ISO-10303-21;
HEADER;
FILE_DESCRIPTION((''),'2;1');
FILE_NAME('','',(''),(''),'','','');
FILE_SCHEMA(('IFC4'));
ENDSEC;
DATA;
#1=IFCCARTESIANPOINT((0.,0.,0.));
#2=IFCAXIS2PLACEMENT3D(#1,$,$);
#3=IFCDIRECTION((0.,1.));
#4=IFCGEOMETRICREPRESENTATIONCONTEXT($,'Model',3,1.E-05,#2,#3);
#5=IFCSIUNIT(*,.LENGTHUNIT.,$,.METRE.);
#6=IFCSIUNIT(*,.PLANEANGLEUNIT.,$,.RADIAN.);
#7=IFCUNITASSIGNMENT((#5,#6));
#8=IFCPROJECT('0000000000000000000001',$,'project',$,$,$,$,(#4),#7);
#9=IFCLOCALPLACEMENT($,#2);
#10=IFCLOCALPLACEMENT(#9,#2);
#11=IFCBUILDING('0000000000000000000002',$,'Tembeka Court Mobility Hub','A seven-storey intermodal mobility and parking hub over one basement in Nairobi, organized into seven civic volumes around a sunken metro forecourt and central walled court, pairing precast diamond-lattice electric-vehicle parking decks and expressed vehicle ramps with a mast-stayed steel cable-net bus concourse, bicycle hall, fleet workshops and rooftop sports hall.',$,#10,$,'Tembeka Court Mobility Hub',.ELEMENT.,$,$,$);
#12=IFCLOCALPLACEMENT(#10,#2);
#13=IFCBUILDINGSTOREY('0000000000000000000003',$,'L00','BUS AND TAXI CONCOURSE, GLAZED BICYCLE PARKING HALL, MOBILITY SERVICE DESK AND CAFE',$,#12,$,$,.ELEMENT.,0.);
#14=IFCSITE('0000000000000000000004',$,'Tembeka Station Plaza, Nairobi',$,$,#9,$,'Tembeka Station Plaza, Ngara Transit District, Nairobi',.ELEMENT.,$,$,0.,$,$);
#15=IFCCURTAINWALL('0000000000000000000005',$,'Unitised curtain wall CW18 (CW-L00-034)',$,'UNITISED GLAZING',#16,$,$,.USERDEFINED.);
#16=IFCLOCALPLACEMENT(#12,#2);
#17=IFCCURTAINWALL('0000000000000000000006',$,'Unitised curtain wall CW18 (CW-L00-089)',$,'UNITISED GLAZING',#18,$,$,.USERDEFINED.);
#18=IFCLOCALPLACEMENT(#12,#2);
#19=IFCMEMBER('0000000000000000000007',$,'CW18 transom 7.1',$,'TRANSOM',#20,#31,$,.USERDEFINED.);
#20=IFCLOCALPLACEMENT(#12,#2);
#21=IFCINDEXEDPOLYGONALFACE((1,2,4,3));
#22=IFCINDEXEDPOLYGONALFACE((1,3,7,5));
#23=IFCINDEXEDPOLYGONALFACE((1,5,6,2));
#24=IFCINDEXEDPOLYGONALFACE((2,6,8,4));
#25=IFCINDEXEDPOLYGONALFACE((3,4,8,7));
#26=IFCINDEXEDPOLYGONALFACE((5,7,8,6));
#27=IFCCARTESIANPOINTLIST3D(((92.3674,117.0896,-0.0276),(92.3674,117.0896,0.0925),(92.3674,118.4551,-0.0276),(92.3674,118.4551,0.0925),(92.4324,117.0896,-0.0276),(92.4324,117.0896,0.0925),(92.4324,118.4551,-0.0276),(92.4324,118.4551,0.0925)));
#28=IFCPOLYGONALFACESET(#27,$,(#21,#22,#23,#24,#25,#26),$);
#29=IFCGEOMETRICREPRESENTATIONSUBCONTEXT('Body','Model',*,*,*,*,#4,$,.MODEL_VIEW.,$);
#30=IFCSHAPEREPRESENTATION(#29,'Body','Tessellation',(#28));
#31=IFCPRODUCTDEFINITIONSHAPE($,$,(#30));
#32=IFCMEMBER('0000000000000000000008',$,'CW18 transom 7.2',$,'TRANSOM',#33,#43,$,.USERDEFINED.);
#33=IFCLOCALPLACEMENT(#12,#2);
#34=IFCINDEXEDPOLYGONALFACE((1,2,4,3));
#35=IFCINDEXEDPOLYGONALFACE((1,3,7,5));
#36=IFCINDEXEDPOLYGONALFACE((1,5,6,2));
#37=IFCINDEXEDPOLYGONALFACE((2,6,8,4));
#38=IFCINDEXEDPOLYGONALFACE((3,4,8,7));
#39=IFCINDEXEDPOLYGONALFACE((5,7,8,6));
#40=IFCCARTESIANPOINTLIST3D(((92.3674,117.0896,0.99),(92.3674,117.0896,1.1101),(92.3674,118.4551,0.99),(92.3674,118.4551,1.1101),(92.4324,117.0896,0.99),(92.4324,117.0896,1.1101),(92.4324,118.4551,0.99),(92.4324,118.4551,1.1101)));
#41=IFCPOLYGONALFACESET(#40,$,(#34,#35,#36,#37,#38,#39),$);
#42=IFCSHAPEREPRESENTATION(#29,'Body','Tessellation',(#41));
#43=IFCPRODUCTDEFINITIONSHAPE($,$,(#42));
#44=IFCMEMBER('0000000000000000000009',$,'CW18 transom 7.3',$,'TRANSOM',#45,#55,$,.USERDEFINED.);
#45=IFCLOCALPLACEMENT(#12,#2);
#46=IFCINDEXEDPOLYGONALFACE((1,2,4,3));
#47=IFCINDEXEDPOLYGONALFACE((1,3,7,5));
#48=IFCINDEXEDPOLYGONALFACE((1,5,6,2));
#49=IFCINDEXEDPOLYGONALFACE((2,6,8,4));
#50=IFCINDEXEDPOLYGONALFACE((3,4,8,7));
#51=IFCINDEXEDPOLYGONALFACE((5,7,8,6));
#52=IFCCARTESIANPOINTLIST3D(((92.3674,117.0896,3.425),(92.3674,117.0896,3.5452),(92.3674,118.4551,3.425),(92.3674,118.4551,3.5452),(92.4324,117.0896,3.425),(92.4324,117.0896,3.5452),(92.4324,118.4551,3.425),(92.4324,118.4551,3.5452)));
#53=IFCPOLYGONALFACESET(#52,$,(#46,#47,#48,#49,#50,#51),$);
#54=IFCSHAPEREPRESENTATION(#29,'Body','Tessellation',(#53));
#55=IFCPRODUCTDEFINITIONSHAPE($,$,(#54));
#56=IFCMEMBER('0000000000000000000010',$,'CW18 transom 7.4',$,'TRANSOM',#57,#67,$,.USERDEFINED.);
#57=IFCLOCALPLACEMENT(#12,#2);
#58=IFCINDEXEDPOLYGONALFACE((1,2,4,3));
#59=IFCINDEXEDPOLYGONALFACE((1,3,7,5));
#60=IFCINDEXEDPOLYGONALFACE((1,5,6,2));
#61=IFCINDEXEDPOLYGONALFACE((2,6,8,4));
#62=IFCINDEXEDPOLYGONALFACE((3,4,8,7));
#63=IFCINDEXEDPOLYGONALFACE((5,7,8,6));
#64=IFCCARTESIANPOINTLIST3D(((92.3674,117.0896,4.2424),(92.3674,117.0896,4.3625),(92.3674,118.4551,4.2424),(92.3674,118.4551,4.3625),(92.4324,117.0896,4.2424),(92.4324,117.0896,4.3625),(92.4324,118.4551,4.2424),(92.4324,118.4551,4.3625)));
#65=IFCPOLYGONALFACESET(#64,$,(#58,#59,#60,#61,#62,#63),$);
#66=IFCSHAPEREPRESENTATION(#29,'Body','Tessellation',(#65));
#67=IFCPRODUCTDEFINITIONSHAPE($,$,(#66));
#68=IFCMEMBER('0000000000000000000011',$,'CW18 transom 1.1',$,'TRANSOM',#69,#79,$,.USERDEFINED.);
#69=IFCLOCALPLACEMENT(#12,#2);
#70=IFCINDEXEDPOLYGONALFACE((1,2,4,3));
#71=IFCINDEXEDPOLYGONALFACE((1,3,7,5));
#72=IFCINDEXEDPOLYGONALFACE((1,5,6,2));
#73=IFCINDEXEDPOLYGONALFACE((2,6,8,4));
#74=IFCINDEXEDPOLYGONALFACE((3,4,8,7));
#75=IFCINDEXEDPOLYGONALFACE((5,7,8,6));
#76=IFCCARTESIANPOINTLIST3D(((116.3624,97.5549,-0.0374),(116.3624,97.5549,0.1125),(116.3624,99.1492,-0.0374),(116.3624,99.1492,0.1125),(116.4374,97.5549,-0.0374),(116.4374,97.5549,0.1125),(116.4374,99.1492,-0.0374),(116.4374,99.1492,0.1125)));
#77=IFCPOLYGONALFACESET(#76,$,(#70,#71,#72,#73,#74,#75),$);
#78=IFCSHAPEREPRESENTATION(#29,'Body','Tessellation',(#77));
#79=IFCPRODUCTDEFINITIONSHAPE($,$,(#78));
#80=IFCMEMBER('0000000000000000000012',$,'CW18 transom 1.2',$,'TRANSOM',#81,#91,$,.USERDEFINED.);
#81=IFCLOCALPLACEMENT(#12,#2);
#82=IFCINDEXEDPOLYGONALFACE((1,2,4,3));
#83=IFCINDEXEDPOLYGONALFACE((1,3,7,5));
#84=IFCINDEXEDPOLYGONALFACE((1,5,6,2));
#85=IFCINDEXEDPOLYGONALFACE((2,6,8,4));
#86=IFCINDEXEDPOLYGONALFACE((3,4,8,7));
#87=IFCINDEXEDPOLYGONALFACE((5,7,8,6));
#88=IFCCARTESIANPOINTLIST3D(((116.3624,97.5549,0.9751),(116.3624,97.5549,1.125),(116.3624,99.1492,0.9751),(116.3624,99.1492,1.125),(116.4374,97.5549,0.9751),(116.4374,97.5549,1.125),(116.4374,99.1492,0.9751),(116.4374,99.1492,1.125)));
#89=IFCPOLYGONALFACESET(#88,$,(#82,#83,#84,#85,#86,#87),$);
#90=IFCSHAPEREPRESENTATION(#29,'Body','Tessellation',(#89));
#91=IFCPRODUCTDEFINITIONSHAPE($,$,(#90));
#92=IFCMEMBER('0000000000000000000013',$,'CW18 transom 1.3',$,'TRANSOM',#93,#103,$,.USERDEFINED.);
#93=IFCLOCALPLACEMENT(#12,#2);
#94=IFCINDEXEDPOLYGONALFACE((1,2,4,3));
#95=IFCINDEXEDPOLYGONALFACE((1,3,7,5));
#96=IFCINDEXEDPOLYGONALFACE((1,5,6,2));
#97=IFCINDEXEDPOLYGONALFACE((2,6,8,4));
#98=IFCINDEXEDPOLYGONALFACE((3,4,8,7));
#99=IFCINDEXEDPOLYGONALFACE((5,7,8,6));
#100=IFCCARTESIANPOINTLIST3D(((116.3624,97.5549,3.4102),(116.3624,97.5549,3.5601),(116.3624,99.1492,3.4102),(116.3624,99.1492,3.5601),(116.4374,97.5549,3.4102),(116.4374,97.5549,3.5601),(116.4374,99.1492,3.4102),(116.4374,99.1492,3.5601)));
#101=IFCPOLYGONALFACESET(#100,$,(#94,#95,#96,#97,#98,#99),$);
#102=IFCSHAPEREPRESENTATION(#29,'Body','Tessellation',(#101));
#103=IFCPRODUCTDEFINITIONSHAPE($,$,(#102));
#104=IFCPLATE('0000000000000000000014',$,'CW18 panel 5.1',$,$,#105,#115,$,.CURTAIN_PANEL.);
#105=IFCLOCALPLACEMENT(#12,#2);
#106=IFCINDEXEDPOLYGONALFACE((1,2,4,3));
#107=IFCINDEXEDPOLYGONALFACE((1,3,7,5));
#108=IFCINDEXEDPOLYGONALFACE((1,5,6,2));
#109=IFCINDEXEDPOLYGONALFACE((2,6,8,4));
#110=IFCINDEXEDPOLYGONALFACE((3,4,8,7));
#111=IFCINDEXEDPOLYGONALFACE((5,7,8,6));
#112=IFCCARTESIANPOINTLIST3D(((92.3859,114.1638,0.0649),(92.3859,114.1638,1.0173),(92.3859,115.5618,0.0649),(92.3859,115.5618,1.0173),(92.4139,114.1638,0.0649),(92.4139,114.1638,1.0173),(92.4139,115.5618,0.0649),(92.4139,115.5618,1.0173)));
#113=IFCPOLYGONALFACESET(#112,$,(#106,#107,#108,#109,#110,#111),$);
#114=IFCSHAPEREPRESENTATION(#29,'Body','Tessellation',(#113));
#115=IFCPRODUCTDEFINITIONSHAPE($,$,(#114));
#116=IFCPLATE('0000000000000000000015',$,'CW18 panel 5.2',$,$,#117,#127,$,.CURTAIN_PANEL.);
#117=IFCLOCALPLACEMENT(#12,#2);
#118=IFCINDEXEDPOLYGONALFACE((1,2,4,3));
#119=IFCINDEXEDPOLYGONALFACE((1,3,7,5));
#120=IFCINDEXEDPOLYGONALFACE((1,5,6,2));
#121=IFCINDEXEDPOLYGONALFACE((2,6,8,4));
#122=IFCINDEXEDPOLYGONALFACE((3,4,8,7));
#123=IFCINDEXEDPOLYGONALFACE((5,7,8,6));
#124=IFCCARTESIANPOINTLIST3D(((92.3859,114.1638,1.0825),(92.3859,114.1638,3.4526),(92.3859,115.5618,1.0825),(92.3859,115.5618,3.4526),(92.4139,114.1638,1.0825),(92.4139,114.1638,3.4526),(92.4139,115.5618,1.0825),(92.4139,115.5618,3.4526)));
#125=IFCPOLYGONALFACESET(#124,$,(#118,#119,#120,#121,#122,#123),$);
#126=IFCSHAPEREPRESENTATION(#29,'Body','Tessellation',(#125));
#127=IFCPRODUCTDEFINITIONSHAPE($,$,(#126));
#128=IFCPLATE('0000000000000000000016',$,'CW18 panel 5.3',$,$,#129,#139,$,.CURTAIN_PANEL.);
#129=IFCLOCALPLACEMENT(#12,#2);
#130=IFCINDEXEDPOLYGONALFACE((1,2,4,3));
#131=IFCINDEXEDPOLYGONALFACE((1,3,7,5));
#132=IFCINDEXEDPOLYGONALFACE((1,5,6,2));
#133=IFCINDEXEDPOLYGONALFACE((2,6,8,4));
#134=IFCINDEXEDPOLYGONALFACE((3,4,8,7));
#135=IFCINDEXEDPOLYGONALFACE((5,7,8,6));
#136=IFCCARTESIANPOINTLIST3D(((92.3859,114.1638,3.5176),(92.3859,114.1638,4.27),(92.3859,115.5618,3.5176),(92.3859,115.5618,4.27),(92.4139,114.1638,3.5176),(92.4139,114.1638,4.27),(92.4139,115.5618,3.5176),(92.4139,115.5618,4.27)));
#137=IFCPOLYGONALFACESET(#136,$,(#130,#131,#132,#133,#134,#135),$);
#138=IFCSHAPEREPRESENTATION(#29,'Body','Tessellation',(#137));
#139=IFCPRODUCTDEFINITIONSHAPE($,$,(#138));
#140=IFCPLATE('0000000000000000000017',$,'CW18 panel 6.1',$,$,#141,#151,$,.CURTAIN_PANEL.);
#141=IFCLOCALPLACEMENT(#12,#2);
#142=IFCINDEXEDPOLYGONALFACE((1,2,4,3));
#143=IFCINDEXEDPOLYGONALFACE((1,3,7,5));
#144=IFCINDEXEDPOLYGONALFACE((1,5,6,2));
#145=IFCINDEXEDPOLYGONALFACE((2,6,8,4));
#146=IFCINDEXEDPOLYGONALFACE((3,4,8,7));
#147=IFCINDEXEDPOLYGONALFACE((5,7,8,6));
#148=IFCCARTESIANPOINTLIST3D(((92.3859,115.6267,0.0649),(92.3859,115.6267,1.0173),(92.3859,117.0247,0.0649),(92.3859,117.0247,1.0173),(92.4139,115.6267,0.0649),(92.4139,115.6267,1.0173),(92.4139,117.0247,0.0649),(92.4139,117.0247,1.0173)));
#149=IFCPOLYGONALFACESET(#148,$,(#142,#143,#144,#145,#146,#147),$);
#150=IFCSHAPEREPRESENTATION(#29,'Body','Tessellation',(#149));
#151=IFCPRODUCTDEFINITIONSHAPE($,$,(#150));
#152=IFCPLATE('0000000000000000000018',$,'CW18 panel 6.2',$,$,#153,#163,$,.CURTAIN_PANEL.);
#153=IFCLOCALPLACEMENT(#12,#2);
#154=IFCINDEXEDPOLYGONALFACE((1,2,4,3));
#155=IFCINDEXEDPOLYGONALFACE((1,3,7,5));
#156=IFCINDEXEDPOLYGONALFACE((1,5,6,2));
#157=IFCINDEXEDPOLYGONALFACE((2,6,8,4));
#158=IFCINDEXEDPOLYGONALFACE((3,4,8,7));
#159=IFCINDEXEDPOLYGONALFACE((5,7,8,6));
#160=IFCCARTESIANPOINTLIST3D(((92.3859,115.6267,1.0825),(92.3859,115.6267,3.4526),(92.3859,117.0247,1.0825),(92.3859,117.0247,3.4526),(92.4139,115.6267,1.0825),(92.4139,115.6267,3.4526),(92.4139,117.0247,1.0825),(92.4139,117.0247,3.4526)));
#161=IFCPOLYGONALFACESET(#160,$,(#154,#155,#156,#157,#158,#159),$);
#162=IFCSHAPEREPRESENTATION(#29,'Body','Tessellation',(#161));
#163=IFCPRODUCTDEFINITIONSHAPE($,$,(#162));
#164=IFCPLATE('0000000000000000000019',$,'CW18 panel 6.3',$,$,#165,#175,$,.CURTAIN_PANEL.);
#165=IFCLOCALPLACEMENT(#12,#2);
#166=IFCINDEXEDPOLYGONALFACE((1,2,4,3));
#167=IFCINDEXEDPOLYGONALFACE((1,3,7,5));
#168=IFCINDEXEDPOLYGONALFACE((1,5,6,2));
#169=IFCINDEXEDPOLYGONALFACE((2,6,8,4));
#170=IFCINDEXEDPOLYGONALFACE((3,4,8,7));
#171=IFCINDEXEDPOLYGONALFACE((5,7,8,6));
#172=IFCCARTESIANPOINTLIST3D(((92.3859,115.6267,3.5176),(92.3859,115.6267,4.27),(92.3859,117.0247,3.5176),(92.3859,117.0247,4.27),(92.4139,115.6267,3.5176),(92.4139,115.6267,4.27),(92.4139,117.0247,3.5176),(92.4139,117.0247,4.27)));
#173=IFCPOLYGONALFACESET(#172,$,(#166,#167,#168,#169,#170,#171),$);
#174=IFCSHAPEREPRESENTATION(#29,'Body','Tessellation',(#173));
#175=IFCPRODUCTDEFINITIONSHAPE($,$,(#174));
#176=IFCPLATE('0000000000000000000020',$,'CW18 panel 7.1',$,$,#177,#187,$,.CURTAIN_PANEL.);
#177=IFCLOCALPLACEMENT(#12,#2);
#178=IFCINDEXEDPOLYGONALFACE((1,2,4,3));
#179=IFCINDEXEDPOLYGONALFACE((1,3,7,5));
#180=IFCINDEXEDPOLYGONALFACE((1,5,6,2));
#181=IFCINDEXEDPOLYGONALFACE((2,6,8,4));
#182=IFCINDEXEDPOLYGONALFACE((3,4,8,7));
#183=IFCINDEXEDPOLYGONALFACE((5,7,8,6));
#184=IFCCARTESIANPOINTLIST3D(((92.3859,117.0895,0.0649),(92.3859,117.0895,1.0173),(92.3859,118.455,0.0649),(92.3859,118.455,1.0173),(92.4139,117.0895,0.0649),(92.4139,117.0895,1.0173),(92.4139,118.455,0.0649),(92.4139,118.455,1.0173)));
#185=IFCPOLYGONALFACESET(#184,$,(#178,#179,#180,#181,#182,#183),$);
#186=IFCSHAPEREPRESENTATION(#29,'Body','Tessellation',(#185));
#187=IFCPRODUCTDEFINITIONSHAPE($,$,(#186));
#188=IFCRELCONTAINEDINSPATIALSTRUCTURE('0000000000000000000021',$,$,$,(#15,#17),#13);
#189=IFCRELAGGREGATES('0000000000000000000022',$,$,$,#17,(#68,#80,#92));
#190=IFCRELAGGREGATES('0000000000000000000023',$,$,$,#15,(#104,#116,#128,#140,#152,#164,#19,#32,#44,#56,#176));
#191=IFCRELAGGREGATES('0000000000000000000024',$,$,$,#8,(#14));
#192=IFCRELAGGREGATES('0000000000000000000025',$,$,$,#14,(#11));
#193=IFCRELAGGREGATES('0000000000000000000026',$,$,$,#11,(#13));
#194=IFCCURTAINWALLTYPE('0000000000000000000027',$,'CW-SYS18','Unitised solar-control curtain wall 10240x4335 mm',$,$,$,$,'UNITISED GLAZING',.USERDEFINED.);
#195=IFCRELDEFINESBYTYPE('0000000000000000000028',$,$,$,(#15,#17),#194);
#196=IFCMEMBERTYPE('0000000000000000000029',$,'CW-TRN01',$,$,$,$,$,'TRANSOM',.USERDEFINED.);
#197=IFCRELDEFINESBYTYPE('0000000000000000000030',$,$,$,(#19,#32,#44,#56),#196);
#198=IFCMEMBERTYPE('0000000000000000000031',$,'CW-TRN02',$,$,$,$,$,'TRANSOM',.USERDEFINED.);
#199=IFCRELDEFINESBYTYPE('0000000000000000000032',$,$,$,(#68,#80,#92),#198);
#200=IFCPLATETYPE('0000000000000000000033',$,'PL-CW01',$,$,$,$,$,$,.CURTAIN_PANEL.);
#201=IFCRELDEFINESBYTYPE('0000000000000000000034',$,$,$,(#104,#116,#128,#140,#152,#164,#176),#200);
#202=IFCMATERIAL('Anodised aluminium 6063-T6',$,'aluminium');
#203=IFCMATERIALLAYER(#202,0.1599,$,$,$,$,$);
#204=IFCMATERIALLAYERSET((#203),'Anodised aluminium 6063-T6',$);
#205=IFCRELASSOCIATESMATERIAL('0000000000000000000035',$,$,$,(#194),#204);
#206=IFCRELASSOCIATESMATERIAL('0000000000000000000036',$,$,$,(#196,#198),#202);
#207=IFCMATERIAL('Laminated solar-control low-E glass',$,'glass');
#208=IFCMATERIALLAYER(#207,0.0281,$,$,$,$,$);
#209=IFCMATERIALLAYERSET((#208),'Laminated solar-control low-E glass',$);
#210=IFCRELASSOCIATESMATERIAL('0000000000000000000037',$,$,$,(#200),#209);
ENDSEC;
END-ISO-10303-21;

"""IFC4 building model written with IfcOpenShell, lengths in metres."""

from ifc_helpers import new_model, si_unit, direction, frame, origin, origin_2d, place, context, subcontext, project, spatial, rectangle, extrude, material, layer, layer_set, material_profile, profile_set, type_object, element, aggregate, save


model = new_model("IFC4")

# Units and contexts
model_context = context("Model", 3, precision=1e-05, world=origin(), true_north=direction((0.0, 1.0)))
body_context = subcontext(model_context, "Body", "Model", "MODEL_VIEW")
ifc_project = project(units=[si_unit("LENGTHUNIT", "METRE"), si_unit("PLANEANGLEUNIT", "RADIAN")], contexts=[model_context])

# Site, building, storey
site_placement = place(None, origin())
site = spatial("IfcSite", under=ifc_project, at=site_placement, Name="Tembeka Station Plaza, Nairobi", LongName="Tembeka Station Plaza, Ngara Transit District, Nairobi", CompositionType="ELEMENT", RefElevation=0.0)
building_placement = place(site_placement, origin())
building = spatial("IfcBuilding", under=site, at=building_placement, Name="Tembeka Court Mobility Hub", Description="A seven-storey intermodal mobility and parking hub over one basement in Nairobi, organized into seven civic volumes around a sunken metro forecourt and central walled court, pairing precast diamond-lattice electric-vehicle parking decks and expressed vehicle ramps with a mast-stayed steel cable-net bus concourse, bicycle hall, fleet workshops and rooftop sports hall.", LongName="Tembeka Court Mobility Hub", CompositionType="ELEMENT")
storey_placement = place(building_placement, origin())
storey = spatial("IfcBuildingStorey", under=building, at=storey_placement, Name="L00", Description="BUS AND TAXI CONCOURSE, GLAZED BICYCLE PARKING HALL, MOBILITY SERVICE DESK AND CAFE", CompositionType="ELEMENT", Elevation=0.0)

# Curtain wall
ifc_material_1 = material(Name="Anodised aluminium 6063-T6", Category="aluminium")
ifc_layer_1 = layer(ifc_material_1, 0.1599)
ifc_layer_set_1 = layer_set([ifc_layer_1], Name="Anodised aluminium 6063-T6")
curtain_wall_type = type_object("IfcCurtainWallType", Name="CW-SYS18", Description="Unitised solar-control curtain wall 10240x4335 mm", ElementType="UNITISED GLAZING", PredefinedType="USERDEFINED", material=ifc_layer_set_1)
curtain_wall_1_placement = place(storey_placement, origin())
curtain_wall_1 = element("IfcCurtainWall", 1, at=curtain_wall_1_placement, inside=storey, type_object=curtain_wall_type, Name="Unitised curtain wall CW18 (CW-L00-034)", ObjectType="UNITISED GLAZING", PredefinedType="USERDEFINED")

# Curtain wall
curtain_wall_2_placement = place(storey_placement, origin())
curtain_wall_2 = element("IfcCurtainWall", 2, at=curtain_wall_2_placement, inside=storey, type_object=curtain_wall_type, Name="Unitised curtain wall CW18 (CW-L00-089)", ObjectType="UNITISED GLAZING", PredefinedType="USERDEFINED")

# Members
ifc_material_profile_1 = material_profile(ifc_material_1, rectangle(XDim=0.0649, YDim=0.1201, at=origin_2d()), Name="ALU-TRN 65x120")
ifc_profile_set_1 = profile_set([ifc_material_profile_1], Name="Anodised aluminium 6063-T6")
member_type_1 = type_object("IfcMemberType", Name="CW-TRN01", ElementType="TRANSOM", PredefinedType="USERDEFINED", material=ifc_profile_set_1)
member_1_placement = place(storey_placement, frame((92.3999, 117.0896, 0.0325), z_axis=(0.0, 1.0, 0.0), x_axis=(-1.0, 0.0, 0.0)))
member_1 = element("IfcMember", 3, at=member_1_placement, type_object=member_type_1, Name="CW18 transom 7.1", ObjectType="TRANSOM", PredefinedType="USERDEFINED", context=body_context, shape_type="SweptSolid", body=[
    extrude(rectangle(XDim=0.0649, YDim=0.1201, at=origin_2d()), origin(), (0.0, 0.0, 1.0), 1.3655),
])
member_2_placement = place(storey_placement, frame((92.3999, 117.0896, 1.05), z_axis=(0.0, 1.0, 0.0), x_axis=(-1.0, 0.0, 0.0)))
member_2 = element("IfcMember", 4, at=member_2_placement, type_object=member_type_1, Name="CW18 transom 7.2", ObjectType="TRANSOM", PredefinedType="USERDEFINED", context=body_context, shape_type="SweptSolid", body=[
    extrude(rectangle(XDim=0.0649, YDim=0.1201, at=origin_2d()), origin(), (0.0, 0.0, 1.0), 1.3655),
])
member_3_placement = place(storey_placement, frame((92.3999, 117.0896, 3.4851), z_axis=(0.0, 1.0, 0.0), x_axis=(-1.0, 0.0, 0.0)))
member_3 = element("IfcMember", 5, at=member_3_placement, type_object=member_type_1, Name="CW18 transom 7.3", ObjectType="TRANSOM", PredefinedType="USERDEFINED", context=body_context, shape_type="SweptSolid", body=[
    extrude(rectangle(XDim=0.0649, YDim=0.1201, at=origin_2d()), origin(), (0.0, 0.0, 1.0), 1.3655),
])
member_4_placement = place(storey_placement, frame((92.3999, 117.0896, 4.3025), z_axis=(0.0, 1.0, 0.0), x_axis=(-1.0, 0.0, 0.0)))
member_4 = element("IfcMember", 6, at=member_4_placement, type_object=member_type_1, Name="CW18 transom 7.4", ObjectType="TRANSOM", PredefinedType="USERDEFINED", context=body_context, shape_type="SweptSolid", body=[
    extrude(rectangle(XDim=0.0649, YDim=0.1201, at=origin_2d()), origin(), (0.0, 0.0, 1.0), 1.3655),
])
ifc_material_profile_2 = material_profile(ifc_material_1, rectangle(XDim=0.075, YDim=0.1499, at=origin_2d()), Name="ALU-TRN 75x150")
ifc_profile_set_2 = profile_set([ifc_material_profile_2], Name="Anodised aluminium 6063-T6")
member_type_2 = type_object("IfcMemberType", Name="CW-TRN02", ElementType="TRANSOM", PredefinedType="USERDEFINED", material=ifc_profile_set_2)
member_5_placement = place(storey_placement, frame((116.3999, 97.5549, 0.0376), z_axis=(0.0, 1.0, 0.0), x_axis=(-1.0, 0.0, 0.0)))
member_5 = element("IfcMember", 7, at=member_5_placement, type_object=member_type_2, Name="CW18 transom 1.1", ObjectType="TRANSOM", PredefinedType="USERDEFINED", context=body_context, shape_type="SweptSolid", body=[
    extrude(rectangle(XDim=0.075, YDim=0.1499, at=origin_2d()), origin(), (0.0, 0.0, 1.0), 1.5942),
])
member_6_placement = place(storey_placement, frame((116.3999, 97.5549, 1.05), z_axis=(0.0, 1.0, 0.0), x_axis=(-1.0, 0.0, 0.0)))
member_6 = element("IfcMember", 8, at=member_6_placement, type_object=member_type_2, Name="CW18 transom 1.2", ObjectType="TRANSOM", PredefinedType="USERDEFINED", context=body_context, shape_type="SweptSolid", body=[
    extrude(rectangle(XDim=0.075, YDim=0.1499, at=origin_2d()), origin(), (0.0, 0.0, 1.0), 1.5942),
])
member_7_placement = place(storey_placement, frame((116.3999, 97.5549, 3.4851), z_axis=(0.0, 1.0, 0.0), x_axis=(-1.0, 0.0, 0.0)))
member_7 = element("IfcMember", 9, at=member_7_placement, type_object=member_type_2, Name="CW18 transom 1.3", ObjectType="TRANSOM", PredefinedType="USERDEFINED", context=body_context, shape_type="SweptSolid", body=[
    extrude(rectangle(XDim=0.075, YDim=0.1499, at=origin_2d()), origin(), (0.0, 0.0, 1.0), 1.5942),
])
aggregate(curtain_wall_2, [member_5, member_6, member_7])

# Plates
ifc_material_2 = material(Name="Laminated solar-control low-E glass", Category="glass")
ifc_layer_2 = layer(ifc_material_2, 0.0281)
ifc_layer_set_2 = layer_set([ifc_layer_2], Name="Laminated solar-control low-E glass")
plate_type = type_object("IfcPlateType", Name="PL-CW01", PredefinedType="CURTAIN_PANEL", material=ifc_layer_set_2)
plate_1_placement = place(storey_placement, frame((92.3999, 114.8628, 0.0649), z_axis=(0.0, 0.0, 1.0), x_axis=(0.0, 1.0, 0.0)))
plate_1 = element("IfcPlate", 10, at=plate_1_placement, type_object=plate_type, Name="CW18 panel 5.1", PredefinedType="CURTAIN_PANEL", context=body_context, shape_type="SweptSolid", body=[
    extrude(rectangle(XDim=1.3979, YDim=0.0281, at=origin_2d()), origin(), (0.0, 0.0, 1.0), 0.9524),
])
plate_2_placement = place(storey_placement, frame((92.3999, 114.8628, 1.0825), z_axis=(0.0, 0.0, 1.0), x_axis=(0.0, 1.0, 0.0)))
plate_2 = element("IfcPlate", 11, at=plate_2_placement, type_object=plate_type, Name="CW18 panel 5.2", PredefinedType="CURTAIN_PANEL", context=body_context, shape_type="SweptSolid", body=[
    extrude(rectangle(XDim=1.3979, YDim=0.0281, at=origin_2d()), origin(), (0.0, 0.0, 1.0), 2.3701),
])
plate_3_placement = place(storey_placement, frame((92.3999, 114.8628, 3.5176), z_axis=(0.0, 0.0, 1.0), x_axis=(0.0, 1.0, 0.0)))
plate_3 = element("IfcPlate", 12, at=plate_3_placement, type_object=plate_type, Name="CW18 panel 5.3", PredefinedType="CURTAIN_PANEL", context=body_context, shape_type="SweptSolid", body=[
    extrude(rectangle(XDim=1.3979, YDim=0.0281, at=origin_2d()), origin(), (0.0, 0.0, 1.0), 0.7524),
])
plate_4_placement = place(storey_placement, frame((92.3999, 116.3257, 0.0649), z_axis=(0.0, 0.0, 1.0), x_axis=(0.0, 1.0, 0.0)))
plate_4 = element("IfcPlate", 13, at=plate_4_placement, type_object=plate_type, Name="CW18 panel 6.1", PredefinedType="CURTAIN_PANEL", context=body_context, shape_type="SweptSolid", body=[
    extrude(rectangle(XDim=1.3979, YDim=0.0281, at=origin_2d()), origin(), (0.0, 0.0, 1.0), 0.9524),
])
plate_5_placement = place(storey_placement, frame((92.3999, 116.3257, 1.0825), z_axis=(0.0, 0.0, 1.0), x_axis=(0.0, 1.0, 0.0)))
plate_5 = element("IfcPlate", 14, at=plate_5_placement, type_object=plate_type, Name="CW18 panel 6.2", PredefinedType="CURTAIN_PANEL", context=body_context, shape_type="SweptSolid", body=[
    extrude(rectangle(XDim=1.3979, YDim=0.0281, at=origin_2d()), origin(), (0.0, 0.0, 1.0), 2.3701),
])
plate_6_placement = place(storey_placement, frame((92.3999, 116.3257, 3.5176), z_axis=(0.0, 0.0, 1.0), x_axis=(0.0, 1.0, 0.0)))
plate_6 = element("IfcPlate", 15, at=plate_6_placement, type_object=plate_type, Name="CW18 panel 6.3", PredefinedType="CURTAIN_PANEL", context=body_context, shape_type="SweptSolid", body=[
    extrude(rectangle(XDim=1.3979, YDim=0.0281, at=origin_2d()), origin(), (0.0, 0.0, 1.0), 0.7524),
])
plate_7_placement = place(storey_placement, frame((92.3999, 117.7722, 0.0649), z_axis=(0.0, 0.0, 1.0), x_axis=(0.0, 1.0, 0.0)))
plate_7 = element("IfcPlate", 16, at=plate_7_placement, type_object=plate_type, Name="CW18 panel 7.1", PredefinedType="CURTAIN_PANEL", context=body_context, shape_type="SweptSolid", body=[
    extrude(rectangle(XDim=1.3655, YDim=0.0281, at=origin_2d()), origin(), (0.0, 0.0, 1.0), 0.9524),
])
aggregate(curtain_wall_1, [plate_1, plate_2, plate_3, plate_4, plate_5, plate_6, member_1, member_2, member_3, member_4, plate_7])

save(model, "model.ifc")
